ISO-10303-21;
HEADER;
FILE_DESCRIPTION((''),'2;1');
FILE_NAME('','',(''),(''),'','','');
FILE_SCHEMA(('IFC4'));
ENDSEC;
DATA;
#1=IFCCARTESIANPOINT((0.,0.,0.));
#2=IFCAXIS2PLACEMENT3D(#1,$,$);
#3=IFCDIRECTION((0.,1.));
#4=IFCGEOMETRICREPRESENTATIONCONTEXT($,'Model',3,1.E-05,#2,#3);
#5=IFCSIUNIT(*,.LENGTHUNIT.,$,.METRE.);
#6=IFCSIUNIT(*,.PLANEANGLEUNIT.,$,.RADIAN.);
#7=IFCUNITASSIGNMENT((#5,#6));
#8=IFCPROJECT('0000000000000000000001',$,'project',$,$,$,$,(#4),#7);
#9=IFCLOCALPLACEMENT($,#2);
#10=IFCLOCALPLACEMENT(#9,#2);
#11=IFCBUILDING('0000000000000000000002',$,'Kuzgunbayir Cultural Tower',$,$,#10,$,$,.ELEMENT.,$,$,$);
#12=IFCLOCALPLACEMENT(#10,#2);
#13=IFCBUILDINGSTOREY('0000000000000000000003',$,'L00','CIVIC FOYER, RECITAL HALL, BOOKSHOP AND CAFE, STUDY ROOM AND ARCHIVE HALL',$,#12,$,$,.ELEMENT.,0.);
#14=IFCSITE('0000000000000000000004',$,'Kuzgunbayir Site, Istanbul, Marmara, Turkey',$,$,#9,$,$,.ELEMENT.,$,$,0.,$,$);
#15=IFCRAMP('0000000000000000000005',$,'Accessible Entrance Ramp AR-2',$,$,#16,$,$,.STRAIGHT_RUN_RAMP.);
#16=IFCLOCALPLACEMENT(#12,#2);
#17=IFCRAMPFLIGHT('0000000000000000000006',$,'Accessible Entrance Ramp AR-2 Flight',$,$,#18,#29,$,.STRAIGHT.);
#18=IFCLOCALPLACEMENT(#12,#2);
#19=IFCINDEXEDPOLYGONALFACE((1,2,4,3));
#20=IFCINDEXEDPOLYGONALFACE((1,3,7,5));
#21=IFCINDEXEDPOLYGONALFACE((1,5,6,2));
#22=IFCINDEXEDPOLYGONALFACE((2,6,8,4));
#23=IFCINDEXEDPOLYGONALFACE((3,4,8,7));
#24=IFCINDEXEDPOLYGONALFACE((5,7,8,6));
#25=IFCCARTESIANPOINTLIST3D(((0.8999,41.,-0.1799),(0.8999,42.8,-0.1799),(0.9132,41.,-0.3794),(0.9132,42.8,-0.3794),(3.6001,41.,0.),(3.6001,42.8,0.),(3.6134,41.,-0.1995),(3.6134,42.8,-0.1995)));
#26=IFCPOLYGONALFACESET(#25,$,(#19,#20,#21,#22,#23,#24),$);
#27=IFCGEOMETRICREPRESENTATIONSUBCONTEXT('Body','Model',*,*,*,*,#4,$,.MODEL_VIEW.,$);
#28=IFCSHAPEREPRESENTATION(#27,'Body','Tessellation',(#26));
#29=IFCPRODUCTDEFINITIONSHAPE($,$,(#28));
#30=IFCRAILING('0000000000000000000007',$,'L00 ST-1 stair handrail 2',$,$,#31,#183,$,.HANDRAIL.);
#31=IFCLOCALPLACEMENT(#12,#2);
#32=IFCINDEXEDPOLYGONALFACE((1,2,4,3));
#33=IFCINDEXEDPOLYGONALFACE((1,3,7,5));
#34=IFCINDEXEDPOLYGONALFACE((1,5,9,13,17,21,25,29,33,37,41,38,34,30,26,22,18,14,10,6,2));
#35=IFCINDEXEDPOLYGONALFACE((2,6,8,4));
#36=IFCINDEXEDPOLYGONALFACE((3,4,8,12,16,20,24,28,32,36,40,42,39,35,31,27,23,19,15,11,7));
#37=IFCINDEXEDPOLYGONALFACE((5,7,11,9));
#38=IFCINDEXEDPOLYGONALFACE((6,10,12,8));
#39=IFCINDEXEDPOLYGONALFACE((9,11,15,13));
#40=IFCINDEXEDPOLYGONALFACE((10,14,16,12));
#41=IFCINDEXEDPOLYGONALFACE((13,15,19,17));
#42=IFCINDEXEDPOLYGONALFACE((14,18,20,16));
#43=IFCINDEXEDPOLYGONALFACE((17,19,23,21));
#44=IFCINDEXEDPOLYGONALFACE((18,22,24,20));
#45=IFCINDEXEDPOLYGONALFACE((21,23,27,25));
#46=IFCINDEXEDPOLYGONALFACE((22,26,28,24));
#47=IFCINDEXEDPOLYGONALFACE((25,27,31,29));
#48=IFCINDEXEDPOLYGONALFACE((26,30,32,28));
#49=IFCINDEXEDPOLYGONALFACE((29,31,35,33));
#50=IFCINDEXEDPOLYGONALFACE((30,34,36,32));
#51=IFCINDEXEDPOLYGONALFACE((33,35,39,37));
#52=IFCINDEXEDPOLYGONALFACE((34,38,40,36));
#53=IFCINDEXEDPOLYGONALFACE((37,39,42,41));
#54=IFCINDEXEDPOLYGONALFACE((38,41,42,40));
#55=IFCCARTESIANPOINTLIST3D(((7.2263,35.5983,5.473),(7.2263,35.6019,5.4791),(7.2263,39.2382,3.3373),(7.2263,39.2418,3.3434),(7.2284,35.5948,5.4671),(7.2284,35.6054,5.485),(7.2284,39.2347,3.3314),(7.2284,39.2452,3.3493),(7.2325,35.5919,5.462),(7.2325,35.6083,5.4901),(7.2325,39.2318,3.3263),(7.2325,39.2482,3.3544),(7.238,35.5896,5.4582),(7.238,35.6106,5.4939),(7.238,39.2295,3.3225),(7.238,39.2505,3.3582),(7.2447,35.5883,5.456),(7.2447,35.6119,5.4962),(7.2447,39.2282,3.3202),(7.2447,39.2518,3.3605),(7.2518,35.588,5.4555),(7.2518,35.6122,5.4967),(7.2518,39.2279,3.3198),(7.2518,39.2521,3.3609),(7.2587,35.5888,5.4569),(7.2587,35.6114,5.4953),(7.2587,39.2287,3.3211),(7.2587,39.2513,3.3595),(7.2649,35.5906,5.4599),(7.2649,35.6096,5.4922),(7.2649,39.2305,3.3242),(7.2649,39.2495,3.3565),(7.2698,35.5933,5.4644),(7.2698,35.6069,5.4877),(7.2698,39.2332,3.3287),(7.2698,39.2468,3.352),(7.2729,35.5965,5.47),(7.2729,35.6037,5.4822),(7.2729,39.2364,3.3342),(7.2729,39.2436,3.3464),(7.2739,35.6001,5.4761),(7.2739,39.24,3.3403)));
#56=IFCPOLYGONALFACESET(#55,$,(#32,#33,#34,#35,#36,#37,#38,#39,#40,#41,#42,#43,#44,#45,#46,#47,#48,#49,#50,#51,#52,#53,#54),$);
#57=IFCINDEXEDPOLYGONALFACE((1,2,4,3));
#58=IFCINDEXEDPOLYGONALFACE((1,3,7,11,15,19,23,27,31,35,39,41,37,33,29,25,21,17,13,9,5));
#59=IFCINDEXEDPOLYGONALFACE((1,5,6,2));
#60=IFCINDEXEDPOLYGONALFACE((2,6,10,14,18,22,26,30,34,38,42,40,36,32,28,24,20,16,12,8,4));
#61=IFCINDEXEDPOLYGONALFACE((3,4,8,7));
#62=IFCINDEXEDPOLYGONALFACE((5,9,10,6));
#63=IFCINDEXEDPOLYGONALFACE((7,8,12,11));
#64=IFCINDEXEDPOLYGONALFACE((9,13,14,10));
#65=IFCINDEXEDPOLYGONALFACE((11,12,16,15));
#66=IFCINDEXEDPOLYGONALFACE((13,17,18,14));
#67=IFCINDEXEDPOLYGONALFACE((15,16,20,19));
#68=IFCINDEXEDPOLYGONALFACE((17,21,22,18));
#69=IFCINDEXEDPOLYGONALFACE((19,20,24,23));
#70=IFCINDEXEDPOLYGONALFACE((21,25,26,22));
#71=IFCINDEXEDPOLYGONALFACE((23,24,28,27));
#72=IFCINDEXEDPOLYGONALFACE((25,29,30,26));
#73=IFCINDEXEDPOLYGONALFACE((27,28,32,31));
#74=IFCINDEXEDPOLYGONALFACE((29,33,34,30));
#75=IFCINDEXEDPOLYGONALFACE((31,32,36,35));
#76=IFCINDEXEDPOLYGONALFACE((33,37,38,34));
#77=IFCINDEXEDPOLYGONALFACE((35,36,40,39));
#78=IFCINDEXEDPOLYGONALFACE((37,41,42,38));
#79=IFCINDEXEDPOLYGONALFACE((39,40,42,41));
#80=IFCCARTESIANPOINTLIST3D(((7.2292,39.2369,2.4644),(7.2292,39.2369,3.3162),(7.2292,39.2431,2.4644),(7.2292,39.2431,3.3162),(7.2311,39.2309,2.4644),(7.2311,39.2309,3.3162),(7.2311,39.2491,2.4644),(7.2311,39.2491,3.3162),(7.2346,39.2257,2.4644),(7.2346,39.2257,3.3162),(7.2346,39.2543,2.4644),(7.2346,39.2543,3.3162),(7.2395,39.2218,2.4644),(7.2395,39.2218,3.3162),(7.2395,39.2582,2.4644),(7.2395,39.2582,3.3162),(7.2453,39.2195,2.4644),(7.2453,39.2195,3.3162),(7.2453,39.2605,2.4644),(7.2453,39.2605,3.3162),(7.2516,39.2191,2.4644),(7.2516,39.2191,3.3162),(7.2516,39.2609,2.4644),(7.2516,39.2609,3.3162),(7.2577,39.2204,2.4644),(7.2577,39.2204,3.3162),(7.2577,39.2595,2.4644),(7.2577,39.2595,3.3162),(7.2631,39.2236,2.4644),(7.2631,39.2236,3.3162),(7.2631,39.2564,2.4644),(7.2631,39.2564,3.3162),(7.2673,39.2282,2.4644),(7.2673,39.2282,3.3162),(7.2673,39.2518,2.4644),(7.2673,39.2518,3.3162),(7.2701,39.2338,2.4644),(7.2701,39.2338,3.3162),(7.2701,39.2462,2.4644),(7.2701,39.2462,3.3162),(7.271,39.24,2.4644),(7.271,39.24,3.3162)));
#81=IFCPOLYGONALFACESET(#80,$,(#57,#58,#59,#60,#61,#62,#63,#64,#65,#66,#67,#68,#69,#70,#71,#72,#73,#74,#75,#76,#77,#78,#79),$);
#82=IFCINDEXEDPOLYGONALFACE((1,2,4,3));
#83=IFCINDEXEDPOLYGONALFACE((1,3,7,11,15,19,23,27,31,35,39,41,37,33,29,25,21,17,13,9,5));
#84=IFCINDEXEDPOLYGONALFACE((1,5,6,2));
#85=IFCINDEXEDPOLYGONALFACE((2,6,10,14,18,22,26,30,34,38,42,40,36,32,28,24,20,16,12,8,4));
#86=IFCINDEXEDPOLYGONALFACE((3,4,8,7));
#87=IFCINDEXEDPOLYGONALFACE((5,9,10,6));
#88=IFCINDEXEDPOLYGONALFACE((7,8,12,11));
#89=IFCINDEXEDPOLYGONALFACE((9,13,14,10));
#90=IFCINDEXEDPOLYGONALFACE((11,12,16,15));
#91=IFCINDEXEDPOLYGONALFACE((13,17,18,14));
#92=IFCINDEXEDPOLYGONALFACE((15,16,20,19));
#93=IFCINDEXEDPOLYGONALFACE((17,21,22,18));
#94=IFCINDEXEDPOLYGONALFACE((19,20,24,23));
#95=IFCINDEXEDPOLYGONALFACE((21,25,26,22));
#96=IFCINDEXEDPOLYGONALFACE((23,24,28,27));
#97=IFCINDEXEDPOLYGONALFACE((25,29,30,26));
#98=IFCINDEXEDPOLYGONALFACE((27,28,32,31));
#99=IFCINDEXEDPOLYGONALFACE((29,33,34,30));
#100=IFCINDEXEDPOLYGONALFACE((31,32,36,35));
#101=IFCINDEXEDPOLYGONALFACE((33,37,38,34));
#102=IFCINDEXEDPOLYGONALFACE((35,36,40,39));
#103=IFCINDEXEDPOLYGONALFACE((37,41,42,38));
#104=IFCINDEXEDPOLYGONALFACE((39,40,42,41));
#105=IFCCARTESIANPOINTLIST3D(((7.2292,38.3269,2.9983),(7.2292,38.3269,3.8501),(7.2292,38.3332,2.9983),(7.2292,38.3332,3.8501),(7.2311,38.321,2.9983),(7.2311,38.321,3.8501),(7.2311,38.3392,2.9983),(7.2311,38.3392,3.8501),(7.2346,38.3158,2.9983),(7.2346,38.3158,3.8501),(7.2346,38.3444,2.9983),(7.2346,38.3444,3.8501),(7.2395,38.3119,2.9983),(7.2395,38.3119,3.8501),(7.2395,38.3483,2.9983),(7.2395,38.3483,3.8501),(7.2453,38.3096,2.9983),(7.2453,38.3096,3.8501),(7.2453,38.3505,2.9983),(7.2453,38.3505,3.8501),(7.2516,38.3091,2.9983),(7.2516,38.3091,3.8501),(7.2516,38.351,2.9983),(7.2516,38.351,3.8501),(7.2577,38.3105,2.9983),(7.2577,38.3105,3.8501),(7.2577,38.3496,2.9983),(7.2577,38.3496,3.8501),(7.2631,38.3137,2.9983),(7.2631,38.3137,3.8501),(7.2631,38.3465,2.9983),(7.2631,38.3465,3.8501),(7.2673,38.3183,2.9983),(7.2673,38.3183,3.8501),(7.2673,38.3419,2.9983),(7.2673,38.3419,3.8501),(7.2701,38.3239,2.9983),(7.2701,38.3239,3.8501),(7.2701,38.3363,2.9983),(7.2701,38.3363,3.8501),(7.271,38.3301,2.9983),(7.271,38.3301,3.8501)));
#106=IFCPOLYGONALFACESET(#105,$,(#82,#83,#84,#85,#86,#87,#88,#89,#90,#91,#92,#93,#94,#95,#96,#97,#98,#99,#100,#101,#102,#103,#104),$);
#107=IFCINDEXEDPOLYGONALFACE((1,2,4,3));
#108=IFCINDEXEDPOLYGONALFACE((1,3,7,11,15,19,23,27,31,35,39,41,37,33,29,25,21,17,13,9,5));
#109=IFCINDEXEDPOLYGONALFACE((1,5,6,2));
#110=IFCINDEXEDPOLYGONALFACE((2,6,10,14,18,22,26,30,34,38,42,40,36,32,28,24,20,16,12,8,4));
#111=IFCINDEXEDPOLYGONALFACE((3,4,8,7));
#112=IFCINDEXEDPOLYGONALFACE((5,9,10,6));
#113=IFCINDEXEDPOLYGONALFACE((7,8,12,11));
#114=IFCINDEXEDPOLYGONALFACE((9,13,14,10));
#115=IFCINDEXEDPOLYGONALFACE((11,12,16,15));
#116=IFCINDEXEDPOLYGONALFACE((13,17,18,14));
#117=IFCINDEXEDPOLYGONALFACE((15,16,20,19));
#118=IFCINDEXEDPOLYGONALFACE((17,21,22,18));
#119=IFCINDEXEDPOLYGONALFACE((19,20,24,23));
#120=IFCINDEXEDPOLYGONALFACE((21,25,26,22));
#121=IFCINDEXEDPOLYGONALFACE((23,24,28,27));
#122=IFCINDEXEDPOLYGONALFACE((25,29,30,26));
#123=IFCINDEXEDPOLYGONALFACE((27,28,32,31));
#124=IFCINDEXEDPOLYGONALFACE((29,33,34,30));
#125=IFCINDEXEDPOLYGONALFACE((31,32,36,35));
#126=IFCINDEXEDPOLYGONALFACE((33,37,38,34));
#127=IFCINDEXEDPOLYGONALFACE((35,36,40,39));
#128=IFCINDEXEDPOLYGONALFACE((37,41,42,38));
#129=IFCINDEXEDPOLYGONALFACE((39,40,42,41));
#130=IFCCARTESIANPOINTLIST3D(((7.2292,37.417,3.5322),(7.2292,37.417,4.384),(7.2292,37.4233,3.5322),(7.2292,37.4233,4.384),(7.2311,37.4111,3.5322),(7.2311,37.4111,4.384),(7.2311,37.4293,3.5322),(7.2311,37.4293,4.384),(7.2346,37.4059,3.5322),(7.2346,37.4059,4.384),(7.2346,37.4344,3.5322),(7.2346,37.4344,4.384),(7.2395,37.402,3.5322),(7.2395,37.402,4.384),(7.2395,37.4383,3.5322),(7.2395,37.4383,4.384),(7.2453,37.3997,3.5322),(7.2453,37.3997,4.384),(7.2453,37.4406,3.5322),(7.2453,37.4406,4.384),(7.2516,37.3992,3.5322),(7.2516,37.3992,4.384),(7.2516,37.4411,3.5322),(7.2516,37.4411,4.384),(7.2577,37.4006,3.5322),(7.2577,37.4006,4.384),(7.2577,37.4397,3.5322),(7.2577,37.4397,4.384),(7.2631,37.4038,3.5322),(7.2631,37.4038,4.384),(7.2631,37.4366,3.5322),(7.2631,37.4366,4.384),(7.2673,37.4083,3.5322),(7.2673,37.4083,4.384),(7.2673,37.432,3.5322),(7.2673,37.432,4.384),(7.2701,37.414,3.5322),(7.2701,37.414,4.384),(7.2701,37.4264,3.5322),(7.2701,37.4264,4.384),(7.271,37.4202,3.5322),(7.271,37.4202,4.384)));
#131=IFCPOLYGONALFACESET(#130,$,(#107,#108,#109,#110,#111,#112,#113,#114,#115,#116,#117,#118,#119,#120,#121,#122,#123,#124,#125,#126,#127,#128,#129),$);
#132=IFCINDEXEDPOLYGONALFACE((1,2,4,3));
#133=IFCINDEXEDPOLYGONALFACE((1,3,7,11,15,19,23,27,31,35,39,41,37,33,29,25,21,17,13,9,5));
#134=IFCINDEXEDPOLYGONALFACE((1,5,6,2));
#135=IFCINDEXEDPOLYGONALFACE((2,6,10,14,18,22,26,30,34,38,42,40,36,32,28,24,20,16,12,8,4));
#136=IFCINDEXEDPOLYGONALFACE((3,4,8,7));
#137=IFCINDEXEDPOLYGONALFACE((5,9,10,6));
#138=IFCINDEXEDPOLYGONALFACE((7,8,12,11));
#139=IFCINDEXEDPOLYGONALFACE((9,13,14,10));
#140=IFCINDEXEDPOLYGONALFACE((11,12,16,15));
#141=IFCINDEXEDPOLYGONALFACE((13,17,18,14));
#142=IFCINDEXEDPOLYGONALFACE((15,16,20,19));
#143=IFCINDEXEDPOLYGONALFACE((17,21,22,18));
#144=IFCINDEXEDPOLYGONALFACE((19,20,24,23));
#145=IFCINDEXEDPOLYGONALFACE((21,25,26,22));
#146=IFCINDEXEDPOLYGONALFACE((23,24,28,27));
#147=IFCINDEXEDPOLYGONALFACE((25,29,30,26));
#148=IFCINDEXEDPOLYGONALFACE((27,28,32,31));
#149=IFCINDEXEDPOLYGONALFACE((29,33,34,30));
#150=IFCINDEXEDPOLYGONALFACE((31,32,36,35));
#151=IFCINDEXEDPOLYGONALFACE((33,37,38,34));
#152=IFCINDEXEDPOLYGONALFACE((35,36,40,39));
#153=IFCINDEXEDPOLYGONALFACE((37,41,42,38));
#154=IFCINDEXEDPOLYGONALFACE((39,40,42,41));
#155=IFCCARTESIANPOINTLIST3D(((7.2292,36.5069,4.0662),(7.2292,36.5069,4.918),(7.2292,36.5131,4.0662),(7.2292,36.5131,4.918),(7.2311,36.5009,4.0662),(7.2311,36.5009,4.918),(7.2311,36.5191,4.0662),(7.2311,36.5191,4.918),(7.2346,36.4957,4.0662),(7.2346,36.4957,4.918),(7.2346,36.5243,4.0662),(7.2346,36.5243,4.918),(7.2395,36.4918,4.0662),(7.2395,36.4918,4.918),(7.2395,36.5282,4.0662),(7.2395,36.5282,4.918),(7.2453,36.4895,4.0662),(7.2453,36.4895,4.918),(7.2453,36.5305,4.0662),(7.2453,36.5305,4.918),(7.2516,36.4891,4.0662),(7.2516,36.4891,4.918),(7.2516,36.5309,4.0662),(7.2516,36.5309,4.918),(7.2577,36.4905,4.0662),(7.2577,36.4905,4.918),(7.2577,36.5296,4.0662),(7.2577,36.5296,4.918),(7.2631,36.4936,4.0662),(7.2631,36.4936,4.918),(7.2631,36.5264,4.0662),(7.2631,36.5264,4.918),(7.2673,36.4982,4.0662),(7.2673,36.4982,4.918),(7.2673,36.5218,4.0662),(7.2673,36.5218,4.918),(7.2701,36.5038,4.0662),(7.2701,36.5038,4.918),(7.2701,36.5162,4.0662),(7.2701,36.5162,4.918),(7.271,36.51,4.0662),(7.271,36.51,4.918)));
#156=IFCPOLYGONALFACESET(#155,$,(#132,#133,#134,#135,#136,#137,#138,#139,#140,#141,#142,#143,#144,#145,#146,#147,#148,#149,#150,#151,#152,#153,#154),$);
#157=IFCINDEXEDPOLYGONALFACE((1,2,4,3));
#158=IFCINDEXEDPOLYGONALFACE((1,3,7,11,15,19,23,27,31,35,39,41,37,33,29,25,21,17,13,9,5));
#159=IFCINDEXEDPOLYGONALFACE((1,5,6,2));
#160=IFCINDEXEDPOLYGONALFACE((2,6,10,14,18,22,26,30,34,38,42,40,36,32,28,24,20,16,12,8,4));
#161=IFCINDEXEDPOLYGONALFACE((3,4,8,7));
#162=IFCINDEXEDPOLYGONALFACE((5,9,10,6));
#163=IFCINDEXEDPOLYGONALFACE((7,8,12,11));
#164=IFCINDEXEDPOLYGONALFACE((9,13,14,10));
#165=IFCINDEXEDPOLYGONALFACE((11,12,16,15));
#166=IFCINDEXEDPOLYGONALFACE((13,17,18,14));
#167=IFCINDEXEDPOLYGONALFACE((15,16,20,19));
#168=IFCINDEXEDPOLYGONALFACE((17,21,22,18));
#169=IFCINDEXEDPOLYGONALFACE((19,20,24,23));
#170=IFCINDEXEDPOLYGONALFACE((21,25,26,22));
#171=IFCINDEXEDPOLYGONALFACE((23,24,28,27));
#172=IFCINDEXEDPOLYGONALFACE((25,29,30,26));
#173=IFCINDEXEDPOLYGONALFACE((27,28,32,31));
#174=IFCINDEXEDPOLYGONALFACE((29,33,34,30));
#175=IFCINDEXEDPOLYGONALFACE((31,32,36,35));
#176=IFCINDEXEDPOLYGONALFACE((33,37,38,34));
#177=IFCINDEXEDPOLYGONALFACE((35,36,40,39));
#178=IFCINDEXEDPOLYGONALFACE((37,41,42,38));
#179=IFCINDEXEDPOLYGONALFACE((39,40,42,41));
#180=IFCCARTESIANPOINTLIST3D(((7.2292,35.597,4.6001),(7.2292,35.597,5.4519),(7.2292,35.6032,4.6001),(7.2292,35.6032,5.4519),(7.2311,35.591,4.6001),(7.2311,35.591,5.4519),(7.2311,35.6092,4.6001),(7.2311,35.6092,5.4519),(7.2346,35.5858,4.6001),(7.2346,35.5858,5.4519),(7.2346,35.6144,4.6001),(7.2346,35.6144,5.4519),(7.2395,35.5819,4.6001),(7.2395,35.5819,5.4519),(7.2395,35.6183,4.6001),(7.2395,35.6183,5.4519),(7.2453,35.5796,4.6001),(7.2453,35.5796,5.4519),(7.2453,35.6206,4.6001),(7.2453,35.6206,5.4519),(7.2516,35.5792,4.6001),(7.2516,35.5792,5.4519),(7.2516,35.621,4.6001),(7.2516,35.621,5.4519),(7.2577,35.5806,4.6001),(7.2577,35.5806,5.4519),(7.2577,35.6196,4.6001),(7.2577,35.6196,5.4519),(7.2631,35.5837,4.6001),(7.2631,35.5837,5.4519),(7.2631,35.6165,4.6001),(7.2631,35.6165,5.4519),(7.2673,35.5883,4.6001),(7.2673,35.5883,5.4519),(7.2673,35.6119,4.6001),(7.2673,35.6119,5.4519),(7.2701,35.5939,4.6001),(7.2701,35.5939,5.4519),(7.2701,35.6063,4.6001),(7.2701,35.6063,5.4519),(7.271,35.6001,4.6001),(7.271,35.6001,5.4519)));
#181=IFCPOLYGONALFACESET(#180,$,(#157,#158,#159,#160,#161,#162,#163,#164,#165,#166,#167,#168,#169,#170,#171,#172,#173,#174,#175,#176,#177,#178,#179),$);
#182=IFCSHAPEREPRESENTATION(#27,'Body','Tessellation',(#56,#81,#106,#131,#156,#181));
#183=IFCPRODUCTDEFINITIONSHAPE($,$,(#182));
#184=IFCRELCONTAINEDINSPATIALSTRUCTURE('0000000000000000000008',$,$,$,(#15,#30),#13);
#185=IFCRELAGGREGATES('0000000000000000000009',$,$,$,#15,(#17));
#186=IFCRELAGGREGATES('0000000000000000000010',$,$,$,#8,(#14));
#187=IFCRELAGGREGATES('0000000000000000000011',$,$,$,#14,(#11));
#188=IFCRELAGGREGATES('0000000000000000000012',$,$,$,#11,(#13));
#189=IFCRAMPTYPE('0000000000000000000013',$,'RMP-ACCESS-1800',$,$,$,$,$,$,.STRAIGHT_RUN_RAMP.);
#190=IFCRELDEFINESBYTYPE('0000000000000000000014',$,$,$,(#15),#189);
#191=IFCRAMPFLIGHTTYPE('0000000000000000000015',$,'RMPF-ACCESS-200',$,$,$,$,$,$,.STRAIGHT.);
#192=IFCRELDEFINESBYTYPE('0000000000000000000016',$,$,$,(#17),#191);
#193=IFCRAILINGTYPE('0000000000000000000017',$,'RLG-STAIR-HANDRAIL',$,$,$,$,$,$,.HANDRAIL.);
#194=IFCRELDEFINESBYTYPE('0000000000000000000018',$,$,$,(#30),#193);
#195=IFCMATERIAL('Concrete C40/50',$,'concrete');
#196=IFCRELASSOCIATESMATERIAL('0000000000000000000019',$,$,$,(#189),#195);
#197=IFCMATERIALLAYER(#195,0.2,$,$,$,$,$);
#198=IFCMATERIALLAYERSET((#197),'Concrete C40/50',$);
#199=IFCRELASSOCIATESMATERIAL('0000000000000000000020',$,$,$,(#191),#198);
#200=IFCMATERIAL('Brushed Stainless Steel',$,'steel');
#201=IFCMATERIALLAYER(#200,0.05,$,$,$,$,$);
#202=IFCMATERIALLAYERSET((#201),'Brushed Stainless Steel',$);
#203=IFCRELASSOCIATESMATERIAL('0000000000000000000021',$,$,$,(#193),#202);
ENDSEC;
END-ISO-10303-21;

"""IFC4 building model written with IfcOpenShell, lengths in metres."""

from ifc_helpers import new_model, si_unit, direction, frame, origin, origin_2d, place, context, subcontext, project, spatial, polyline, circle, outline, extrude, material, layer, layer_set, type_object, element, aggregate, save


model = new_model("IFC4")

# Units and contexts
model_context = context("Model", 3, precision=1e-05, world=origin(), true_north=direction((0.0, 1.0)))
body_context = subcontext(model_context, "Body", "Model", "MODEL_VIEW")
ifc_project = project(units=[si_unit("LENGTHUNIT", "METRE"), si_unit("PLANEANGLEUNIT", "RADIAN")], contexts=[model_context])

# Site, building, storey
site_placement = place(None, origin())
site = spatial("IfcSite", under=ifc_project, at=site_placement, Name="Kuzgunbayir Site, Istanbul, Marmara, Turkey", CompositionType="ELEMENT", RefElevation=0.0)
building_placement = place(site_placement, origin())
building = spatial("IfcBuilding", under=site, at=building_placement, Name="Kuzgunbayir Cultural Tower", CompositionType="ELEMENT")
storey_placement = place(building_placement, origin())
storey = spatial("IfcBuildingStorey", under=building, at=storey_placement, Name="L00", Description="CIVIC FOYER, RECITAL HALL, BOOKSHOP AND CAFE, STUDY ROOM AND ARCHIVE HALL", CompositionType="ELEMENT", Elevation=0.0)

# Shared definitions
ifc_material_1 = material(Name="Concrete C40/50", Category="concrete")

# Shared definitions
ifc_material_2 = material(Name="Brushed Stainless Steel", Category="steel")

# Ramp, ramp flight
ramp_type = type_object("IfcRampType", Name="RMP-ACCESS-1800", PredefinedType="STRAIGHT_RUN_RAMP", material=ifc_material_1)
ramp_placement = place(storey_placement, origin())
ramp = element("IfcRamp", 1, at=ramp_placement, inside=storey, type_object=ramp_type, Name="Accessible Entrance Ramp AR-2", PredefinedType="STRAIGHT_RUN_RAMP")
ifc_layer_1 = layer(ifc_material_1, 0.2)
ifc_layer_set_1 = layer_set([ifc_layer_1], Name="Concrete C40/50")
ramp_flight_type = type_object("IfcRampFlightType", Name="RMPF-ACCESS-200", PredefinedType="STRAIGHT", material=ifc_layer_set_1)
ramp_flight_placement = place(storey_placement, frame((0.8999, 41.0, -0.1799), z_axis=(-0.066489, 0.0, 0.997787), x_axis=(0.997787, 0.0, 0.066489)))
ramp_flight = element("IfcRampFlight", 2, at=ramp_flight_placement, type_object=ramp_flight_type, Name="Accessible Entrance Ramp AR-2 Flight", PredefinedType="STRAIGHT", context=body_context, shape_type="SweptSolid", body=[
    extrude(outline(polyline([(0.0, 0.0), (2.7062, 0.0), (2.7062, 1.8), (0.0, 1.8), (0.0, 0.0)])), origin(), (0.0, 0.0, -1.0), 0.2),
])
aggregate(ramp, [ramp_flight])

# Railing
ifc_layer_2 = layer(ifc_material_2, 0.05)
ifc_layer_set_2 = layer_set([ifc_layer_2], Name="Brushed Stainless Steel")
railing_type_1 = type_object("IfcRailingType", Name="RLG-STAIR-HANDRAIL", PredefinedType="HANDRAIL", material=ifc_layer_set_2)
railing_1_placement = place(storey_placement, frame((7.25, 39.24, 2.4644)))
element("IfcRailing", 3, at=railing_1_placement, inside=storey, type_object=railing_type_1, Name="L00 ST-1 stair handrail 2", PredefinedType="HANDRAIL", context=body_context, shape_type="SweptSolid", body=[
    extrude(circle(Radius=0.0239, at=origin_2d()), frame((0.0, 0.0, 0.876), z_axis=(0.0, -0.86249, 0.506074), x_axis=(1.0, 0.0, 0.0)), (0.0, 0.0, 1.0), 4.2202),
    extrude(circle(Radius=0.021, at=origin_2d()), origin(), (0.0, 0.0, 1.0), 0.8518),
    extrude(circle(Radius=0.021, at=origin_2d()), frame((0.0, -0.9099, 0.5339)), (0.0, 0.0, 1.0), 0.8518),
    extrude(circle(Radius=0.021, at=origin_2d()), frame((0.0, -1.8198, 1.0679)), (0.0, 0.0, 1.0), 0.8518),
    extrude(circle(Radius=0.021, at=origin_2d()), frame((0.0, -2.73, 1.6018)), (0.0, 0.0, 1.0), 0.8518),
    extrude(circle(Radius=0.021, at=origin_2d()), frame((0.0, -3.6399, 2.1357)), (0.0, 0.0, 1.0), 0.8518),
])

save(model, "model.ifc")
